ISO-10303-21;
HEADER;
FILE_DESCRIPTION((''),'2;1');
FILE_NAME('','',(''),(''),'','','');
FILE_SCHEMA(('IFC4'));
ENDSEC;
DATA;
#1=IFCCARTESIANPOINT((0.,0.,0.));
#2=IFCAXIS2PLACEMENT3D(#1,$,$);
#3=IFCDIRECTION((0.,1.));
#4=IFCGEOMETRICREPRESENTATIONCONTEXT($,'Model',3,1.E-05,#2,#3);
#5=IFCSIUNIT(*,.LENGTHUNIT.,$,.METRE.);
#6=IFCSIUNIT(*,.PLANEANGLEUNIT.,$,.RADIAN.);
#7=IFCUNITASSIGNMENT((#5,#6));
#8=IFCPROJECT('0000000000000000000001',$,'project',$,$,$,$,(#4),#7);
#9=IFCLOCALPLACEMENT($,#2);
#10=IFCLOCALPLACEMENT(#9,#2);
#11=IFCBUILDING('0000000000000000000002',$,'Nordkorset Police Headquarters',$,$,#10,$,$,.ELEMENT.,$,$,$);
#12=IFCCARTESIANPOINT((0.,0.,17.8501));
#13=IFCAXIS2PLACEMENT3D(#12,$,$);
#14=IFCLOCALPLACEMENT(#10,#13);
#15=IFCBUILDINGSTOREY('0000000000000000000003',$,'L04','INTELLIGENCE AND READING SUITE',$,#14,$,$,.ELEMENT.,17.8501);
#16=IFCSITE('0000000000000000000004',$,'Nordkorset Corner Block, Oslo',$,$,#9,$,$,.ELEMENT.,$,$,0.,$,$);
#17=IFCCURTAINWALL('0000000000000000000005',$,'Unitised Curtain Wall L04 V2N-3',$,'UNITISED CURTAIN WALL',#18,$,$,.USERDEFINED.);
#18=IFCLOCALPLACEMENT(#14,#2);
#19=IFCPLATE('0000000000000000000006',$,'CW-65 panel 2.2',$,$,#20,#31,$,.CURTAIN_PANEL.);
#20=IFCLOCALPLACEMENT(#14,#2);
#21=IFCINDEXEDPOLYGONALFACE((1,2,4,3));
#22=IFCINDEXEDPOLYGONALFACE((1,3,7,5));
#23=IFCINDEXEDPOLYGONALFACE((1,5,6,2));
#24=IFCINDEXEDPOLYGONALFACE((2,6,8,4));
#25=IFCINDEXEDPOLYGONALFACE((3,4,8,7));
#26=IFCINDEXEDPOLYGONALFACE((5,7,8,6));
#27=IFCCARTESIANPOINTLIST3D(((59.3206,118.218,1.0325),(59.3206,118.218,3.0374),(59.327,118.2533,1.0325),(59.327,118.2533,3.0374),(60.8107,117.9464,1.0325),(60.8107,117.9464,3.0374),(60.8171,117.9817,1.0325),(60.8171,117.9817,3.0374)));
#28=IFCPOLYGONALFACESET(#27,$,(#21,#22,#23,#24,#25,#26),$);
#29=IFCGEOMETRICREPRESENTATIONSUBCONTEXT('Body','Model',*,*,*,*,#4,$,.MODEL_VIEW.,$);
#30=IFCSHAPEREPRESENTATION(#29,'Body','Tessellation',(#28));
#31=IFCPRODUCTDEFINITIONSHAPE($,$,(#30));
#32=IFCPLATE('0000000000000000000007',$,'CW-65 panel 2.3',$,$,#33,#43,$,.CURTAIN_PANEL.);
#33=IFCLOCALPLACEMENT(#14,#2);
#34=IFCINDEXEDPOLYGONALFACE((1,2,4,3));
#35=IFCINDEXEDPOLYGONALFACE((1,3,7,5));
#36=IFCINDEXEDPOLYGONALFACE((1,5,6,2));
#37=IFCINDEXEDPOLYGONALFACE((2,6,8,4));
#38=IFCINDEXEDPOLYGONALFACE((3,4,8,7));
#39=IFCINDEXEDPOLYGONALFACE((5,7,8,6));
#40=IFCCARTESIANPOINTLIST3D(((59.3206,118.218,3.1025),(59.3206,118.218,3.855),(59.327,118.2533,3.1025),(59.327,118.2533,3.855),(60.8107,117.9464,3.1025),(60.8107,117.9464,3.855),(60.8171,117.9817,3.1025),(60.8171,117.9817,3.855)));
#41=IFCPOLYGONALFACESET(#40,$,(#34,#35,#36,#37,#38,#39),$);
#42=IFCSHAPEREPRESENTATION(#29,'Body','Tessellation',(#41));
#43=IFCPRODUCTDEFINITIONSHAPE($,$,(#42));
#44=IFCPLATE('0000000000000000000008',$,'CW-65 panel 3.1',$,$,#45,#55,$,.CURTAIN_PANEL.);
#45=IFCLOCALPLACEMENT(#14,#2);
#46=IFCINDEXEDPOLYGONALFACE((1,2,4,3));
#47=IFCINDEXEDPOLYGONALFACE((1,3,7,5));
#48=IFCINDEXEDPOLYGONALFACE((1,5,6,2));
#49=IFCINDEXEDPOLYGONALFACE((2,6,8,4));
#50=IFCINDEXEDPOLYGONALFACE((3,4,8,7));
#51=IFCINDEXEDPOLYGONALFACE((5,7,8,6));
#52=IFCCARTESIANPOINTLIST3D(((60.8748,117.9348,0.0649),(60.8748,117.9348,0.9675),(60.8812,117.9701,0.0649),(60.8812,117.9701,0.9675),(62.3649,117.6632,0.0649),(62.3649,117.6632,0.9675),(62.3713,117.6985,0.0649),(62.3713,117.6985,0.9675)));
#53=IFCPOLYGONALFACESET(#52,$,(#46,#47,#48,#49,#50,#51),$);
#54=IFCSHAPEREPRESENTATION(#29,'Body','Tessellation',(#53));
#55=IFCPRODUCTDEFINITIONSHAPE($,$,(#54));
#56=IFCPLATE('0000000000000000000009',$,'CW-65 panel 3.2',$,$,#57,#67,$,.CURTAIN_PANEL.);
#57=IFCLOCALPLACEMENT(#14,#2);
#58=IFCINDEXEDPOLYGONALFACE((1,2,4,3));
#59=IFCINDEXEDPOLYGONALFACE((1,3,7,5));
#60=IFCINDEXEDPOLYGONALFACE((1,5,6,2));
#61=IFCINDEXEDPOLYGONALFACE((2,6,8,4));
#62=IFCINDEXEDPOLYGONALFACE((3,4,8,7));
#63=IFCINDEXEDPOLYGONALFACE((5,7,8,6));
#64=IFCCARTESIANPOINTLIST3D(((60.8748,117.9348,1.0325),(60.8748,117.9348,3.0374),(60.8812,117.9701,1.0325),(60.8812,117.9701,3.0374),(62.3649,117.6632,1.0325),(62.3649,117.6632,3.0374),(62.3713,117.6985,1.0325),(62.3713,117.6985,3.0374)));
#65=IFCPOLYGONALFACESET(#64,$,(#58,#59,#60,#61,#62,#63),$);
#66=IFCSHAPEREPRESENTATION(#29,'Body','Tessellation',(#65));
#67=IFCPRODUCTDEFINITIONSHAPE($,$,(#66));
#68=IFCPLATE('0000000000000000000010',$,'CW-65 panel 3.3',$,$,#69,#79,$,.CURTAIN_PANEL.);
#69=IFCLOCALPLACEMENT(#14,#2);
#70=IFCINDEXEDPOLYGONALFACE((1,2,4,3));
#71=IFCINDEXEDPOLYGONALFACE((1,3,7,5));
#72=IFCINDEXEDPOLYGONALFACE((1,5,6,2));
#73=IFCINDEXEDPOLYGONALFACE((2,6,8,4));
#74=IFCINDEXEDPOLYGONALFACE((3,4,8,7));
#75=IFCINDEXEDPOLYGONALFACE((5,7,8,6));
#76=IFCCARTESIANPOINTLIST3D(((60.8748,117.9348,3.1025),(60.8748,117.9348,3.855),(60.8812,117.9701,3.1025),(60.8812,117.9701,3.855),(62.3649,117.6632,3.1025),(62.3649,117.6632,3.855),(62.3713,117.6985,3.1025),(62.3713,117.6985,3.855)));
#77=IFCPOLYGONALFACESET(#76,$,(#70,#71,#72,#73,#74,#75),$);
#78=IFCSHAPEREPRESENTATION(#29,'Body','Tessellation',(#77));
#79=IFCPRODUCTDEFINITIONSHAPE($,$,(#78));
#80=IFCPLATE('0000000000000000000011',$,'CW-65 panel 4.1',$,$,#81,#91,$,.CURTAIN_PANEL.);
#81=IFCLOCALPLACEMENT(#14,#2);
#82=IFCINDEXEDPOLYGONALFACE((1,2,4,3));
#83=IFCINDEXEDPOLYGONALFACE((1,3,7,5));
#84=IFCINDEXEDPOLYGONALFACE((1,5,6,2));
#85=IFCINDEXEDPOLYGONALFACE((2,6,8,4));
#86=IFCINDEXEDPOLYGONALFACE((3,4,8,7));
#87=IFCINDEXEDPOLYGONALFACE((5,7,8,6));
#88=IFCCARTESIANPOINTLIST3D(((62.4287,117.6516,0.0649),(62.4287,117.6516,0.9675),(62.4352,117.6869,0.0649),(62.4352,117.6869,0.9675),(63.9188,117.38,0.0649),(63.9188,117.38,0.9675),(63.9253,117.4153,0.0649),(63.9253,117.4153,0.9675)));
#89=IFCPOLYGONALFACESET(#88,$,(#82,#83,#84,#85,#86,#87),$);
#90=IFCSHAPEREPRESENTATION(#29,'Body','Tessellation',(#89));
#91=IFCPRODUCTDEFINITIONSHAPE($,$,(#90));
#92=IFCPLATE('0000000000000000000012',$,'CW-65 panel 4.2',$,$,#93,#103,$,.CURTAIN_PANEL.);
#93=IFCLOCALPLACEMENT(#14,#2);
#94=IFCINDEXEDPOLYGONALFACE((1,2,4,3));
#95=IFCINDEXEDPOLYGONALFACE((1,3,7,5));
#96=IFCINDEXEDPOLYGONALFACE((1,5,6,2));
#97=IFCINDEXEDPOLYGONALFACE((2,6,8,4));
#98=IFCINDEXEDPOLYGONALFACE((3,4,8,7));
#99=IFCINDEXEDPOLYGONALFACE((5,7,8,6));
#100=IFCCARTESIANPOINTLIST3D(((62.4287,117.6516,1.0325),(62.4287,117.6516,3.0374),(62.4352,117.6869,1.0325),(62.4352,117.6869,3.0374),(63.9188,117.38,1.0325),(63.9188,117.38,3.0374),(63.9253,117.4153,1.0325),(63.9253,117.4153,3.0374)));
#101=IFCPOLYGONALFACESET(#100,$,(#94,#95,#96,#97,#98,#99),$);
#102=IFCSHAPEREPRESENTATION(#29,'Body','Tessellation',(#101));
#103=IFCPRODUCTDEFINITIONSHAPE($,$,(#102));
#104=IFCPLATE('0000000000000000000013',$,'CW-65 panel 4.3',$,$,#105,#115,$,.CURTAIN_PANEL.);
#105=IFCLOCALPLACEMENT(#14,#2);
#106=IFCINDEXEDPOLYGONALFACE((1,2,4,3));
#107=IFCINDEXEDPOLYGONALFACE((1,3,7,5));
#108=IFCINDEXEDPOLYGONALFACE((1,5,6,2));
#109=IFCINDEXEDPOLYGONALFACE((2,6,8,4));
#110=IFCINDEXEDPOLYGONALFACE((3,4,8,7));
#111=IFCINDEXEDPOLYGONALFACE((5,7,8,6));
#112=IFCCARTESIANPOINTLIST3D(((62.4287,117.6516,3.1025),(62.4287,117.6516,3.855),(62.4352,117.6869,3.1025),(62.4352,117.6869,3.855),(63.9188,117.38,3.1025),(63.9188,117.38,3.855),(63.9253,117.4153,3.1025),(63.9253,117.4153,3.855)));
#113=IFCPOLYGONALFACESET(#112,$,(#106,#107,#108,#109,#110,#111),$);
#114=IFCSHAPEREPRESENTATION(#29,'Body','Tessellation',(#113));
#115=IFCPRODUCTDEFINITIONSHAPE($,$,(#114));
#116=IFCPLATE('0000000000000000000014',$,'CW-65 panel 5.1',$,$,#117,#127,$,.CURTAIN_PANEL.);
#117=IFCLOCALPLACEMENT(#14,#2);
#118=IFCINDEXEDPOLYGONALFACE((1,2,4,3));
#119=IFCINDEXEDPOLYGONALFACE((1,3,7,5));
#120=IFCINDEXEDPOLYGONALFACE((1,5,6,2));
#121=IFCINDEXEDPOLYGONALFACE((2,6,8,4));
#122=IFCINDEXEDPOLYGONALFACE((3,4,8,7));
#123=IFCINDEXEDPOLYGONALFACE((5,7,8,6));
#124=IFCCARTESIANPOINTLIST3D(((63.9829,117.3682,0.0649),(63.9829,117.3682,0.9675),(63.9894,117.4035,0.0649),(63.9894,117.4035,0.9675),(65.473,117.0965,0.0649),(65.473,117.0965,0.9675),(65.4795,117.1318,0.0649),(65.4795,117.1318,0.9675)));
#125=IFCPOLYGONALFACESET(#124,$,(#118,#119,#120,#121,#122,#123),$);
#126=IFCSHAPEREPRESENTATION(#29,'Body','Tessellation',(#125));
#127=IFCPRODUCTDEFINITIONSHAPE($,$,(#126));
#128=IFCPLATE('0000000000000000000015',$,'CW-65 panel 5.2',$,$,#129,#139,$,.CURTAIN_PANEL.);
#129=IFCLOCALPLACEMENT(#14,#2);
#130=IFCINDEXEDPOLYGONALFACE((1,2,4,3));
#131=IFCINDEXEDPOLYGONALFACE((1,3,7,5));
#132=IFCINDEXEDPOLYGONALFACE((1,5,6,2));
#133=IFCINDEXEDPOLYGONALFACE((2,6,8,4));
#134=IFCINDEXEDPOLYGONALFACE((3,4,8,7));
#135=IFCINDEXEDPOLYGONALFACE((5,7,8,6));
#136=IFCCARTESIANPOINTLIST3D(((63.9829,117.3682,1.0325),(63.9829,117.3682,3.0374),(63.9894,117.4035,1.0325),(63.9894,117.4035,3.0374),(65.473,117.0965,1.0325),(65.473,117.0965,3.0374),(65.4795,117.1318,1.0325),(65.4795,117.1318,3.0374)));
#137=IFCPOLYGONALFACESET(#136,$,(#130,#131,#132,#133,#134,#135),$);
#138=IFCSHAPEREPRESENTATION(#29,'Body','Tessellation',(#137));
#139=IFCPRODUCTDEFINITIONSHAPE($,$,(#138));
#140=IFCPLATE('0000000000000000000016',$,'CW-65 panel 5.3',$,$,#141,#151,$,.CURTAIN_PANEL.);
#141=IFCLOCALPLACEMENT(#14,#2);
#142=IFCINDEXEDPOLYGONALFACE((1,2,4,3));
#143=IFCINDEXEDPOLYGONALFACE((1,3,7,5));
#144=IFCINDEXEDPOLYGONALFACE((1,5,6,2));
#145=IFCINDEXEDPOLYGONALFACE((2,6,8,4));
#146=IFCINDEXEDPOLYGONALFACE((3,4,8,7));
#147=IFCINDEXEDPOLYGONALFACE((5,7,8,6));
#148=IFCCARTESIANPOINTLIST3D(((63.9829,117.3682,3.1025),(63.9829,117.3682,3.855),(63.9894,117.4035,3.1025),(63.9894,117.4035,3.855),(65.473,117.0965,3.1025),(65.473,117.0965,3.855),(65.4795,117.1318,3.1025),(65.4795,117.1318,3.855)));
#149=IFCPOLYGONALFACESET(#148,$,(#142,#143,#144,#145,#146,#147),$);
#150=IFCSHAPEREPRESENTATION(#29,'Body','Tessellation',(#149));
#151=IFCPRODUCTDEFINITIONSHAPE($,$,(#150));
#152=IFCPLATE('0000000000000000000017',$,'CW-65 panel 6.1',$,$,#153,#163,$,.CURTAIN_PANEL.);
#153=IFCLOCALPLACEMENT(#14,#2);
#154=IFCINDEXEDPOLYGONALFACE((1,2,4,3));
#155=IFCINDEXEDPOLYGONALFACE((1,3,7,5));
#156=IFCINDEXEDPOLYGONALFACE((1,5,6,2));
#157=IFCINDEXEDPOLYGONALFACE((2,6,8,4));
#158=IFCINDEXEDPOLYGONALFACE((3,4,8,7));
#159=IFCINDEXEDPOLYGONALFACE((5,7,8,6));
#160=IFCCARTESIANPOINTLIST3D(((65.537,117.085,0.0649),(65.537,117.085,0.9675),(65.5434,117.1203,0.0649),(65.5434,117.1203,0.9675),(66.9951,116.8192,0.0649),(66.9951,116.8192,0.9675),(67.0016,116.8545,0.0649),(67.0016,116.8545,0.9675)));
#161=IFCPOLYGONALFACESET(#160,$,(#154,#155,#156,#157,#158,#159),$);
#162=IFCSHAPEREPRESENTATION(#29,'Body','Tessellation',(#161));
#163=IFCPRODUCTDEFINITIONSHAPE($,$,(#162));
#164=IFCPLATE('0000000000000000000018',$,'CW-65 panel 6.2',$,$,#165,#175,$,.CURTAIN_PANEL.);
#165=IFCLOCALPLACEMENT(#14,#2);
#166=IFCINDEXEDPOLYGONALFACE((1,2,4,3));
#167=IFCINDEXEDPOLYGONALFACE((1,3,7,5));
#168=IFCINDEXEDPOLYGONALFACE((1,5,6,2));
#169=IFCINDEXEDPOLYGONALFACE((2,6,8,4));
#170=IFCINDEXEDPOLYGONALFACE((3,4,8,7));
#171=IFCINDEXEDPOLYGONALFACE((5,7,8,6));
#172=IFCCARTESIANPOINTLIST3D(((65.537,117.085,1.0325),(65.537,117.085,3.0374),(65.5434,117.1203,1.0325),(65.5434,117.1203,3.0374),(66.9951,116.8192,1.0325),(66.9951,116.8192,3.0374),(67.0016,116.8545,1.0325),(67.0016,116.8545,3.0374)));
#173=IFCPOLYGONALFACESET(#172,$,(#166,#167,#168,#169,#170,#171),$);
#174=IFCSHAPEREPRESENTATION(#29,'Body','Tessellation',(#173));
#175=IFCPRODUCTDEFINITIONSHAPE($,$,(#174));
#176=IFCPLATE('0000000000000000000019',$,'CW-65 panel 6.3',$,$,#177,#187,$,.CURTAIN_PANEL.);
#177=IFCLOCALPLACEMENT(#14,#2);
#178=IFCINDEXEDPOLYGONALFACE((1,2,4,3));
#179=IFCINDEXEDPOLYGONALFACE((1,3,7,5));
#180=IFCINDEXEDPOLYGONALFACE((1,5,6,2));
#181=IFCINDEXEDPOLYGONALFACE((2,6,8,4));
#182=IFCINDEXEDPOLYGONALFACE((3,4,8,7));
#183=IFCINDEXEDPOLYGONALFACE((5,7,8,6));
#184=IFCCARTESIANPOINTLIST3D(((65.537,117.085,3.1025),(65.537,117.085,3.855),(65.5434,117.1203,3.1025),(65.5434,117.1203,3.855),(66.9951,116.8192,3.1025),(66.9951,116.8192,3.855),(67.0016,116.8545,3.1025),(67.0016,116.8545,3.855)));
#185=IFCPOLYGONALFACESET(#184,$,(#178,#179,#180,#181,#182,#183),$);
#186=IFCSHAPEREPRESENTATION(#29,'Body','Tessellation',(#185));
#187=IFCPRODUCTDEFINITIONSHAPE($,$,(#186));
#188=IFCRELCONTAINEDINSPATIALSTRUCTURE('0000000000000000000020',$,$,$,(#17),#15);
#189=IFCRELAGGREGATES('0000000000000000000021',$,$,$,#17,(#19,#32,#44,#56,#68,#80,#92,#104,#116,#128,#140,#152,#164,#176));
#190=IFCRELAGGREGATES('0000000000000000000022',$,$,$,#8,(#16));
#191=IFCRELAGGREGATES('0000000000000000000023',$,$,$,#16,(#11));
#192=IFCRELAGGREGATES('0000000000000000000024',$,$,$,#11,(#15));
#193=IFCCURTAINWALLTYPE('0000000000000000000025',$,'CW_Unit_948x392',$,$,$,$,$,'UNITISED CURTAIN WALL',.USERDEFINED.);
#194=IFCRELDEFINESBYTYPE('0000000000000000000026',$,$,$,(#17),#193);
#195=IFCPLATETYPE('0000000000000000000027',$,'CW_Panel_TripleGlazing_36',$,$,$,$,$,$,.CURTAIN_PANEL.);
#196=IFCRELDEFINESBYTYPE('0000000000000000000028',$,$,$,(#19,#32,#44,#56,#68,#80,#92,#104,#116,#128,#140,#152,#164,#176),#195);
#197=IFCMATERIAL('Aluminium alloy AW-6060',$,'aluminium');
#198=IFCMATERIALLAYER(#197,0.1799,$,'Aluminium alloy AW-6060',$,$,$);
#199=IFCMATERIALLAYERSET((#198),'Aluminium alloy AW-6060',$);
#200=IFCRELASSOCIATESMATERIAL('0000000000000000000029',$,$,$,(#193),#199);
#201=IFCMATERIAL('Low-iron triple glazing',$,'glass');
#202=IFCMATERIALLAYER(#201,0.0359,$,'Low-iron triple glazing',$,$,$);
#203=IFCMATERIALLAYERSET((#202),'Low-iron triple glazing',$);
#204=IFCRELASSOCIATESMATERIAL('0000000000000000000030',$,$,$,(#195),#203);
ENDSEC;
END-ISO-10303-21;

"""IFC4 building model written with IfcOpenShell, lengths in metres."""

from ifc_helpers import new_model, si_unit, direction, frame, origin, origin_2d, place, context, subcontext, project, spatial, rectangle, extrude, material, layer, layer_set, type_object, element, aggregate, save


model = new_model("IFC4")

# Units and contexts
model_context = context("Model", 3, precision=1e-05, world=origin(), true_north=direction((0.0, 1.0)))
body_context = subcontext(model_context, "Body", "Model", "MODEL_VIEW")
ifc_project = project(units=[si_unit("LENGTHUNIT", "METRE"), si_unit("PLANEANGLEUNIT", "RADIAN")], contexts=[model_context])

# Site, building, storey
site_placement = place(None, origin())
site = spatial("IfcSite", under=ifc_project, at=site_placement, Name="Nordkorset Corner Block, Oslo", CompositionType="ELEMENT", RefElevation=0.0)
building_placement = place(site_placement, origin())
building = spatial("IfcBuilding", under=site, at=building_placement, Name="Nordkorset Police Headquarters", CompositionType="ELEMENT")
storey_placement = place(building_placement, frame((0.0, 0.0, 17.8501)))
storey = spatial("IfcBuildingStorey", under=building, at=storey_placement, Name="L04", Description="INTELLIGENCE AND READING SUITE", CompositionType="ELEMENT", Elevation=17.8501)

# Curtain wall
ifc_material_1 = material(Name="Aluminium alloy AW-6060", Category="aluminium")
ifc_layer_1 = layer(ifc_material_1, 0.1799, Name="Aluminium alloy AW-6060")
ifc_layer_set_1 = layer_set([ifc_layer_1], Name="Aluminium alloy AW-6060")
curtain_wall_type_1 = type_object("IfcCurtainWallType", Name="CW_Unit_948x392", ElementType="UNITISED CURTAIN WALL", PredefinedType="USERDEFINED", material=ifc_layer_set_1)
curtain_wall_1_placement = place(storey_placement, origin())
curtain_wall_1 = element("IfcCurtainWall", 1, at=curtain_wall_1_placement, inside=storey, type_object=curtain_wall_type_1, Name="Unitised Curtain Wall L04 V2N-3", ObjectType="UNITISED CURTAIN WALL", PredefinedType="USERDEFINED")

# Plates
ifc_material_2 = material(Name="Low-iron triple glazing", Category="glass")
ifc_layer_2 = layer(ifc_material_2, 0.0359, Name="Low-iron triple glazing")
ifc_layer_set_2 = layer_set([ifc_layer_2], Name="Low-iron triple glazing")
plate_type = type_object("IfcPlateType", Name="CW_Panel_TripleGlazing_36", PredefinedType="CURTAIN_PANEL", material=ifc_layer_set_2)
plate_1_placement = place(storey_placement, frame((60.0688, 118.0999, 1.0325), z_axis=(0.0, 0.0, 1.0), x_axis=(0.983788, -0.179336, 0.0)))
plate_1 = element("IfcPlate", 2, at=plate_1_placement, type_object=plate_type, Name="CW-65 panel 2.2", PredefinedType="CURTAIN_PANEL", context=body_context, shape_type="SweptSolid", body=[
    extrude(rectangle(XDim=1.5146, YDim=0.0359, at=origin_2d()), origin(), (0.0, 0.0, 1.0), 2.0049),
])
plate_2_placement = place(storey_placement, frame((60.0688, 118.0999, 3.1025), z_axis=(0.0, 0.0, 1.0), x_axis=(0.983788, -0.179336, 0.0)))
plate_2 = element("IfcPlate", 3, at=plate_2_placement, type_object=plate_type, Name="CW-65 panel 2.3", PredefinedType="CURTAIN_PANEL", context=body_context, shape_type="SweptSolid", body=[
    extrude(rectangle(XDim=1.5146, YDim=0.0359, at=origin_2d()), origin(), (0.0, 0.0, 1.0), 0.7524),
])
plate_3_placement = place(storey_placement, frame((61.623, 117.8167, 0.0649), z_axis=(0.0, 0.0, 1.0), x_axis=(0.983788, -0.179336, 0.0)))
plate_3 = element("IfcPlate", 4, at=plate_3_placement, type_object=plate_type, Name="CW-65 panel 3.1", PredefinedType="CURTAIN_PANEL", context=body_context, shape_type="SweptSolid", body=[
    extrude(rectangle(XDim=1.5146, YDim=0.0359, at=origin_2d()), origin(), (0.0, 0.0, 1.0), 0.9026),
])
plate_4_placement = place(storey_placement, frame((61.623, 117.8167, 1.0325), z_axis=(0.0, 0.0, 1.0), x_axis=(0.983788, -0.179336, 0.0)))
plate_4 = element("IfcPlate", 5, at=plate_4_placement, type_object=plate_type, Name="CW-65 panel 3.2", PredefinedType="CURTAIN_PANEL", context=body_context, shape_type="SweptSolid", body=[
    extrude(rectangle(XDim=1.5146, YDim=0.0359, at=origin_2d()), origin(), (0.0, 0.0, 1.0), 2.0049),
])
plate_5_placement = place(storey_placement, frame((61.623, 117.8167, 3.1025), z_axis=(0.0, 0.0, 1.0), x_axis=(0.983788, -0.179336, 0.0)))
plate_5 = element("IfcPlate", 6, at=plate_5_placement, type_object=plate_type, Name="CW-65 panel 3.3", PredefinedType="CURTAIN_PANEL", context=body_context, shape_type="SweptSolid", body=[
    extrude(rectangle(XDim=1.5146, YDim=0.0359, at=origin_2d()), origin(), (0.0, 0.0, 1.0), 0.7524),
])
plate_6_placement = place(storey_placement, frame((63.177, 117.5334, 0.0649), z_axis=(0.0, 0.0, 1.0), x_axis=(0.983788, -0.179336, 0.0)))
plate_6 = element("IfcPlate", 7, at=plate_6_placement, type_object=plate_type, Name="CW-65 panel 4.1", PredefinedType="CURTAIN_PANEL", context=body_context, shape_type="SweptSolid", body=[
    extrude(rectangle(XDim=1.5146, YDim=0.0359, at=origin_2d()), origin(), (0.0, 0.0, 1.0), 0.9026),
])
plate_7_placement = place(storey_placement, frame((63.177, 117.5334, 1.0325), z_axis=(0.0, 0.0, 1.0), x_axis=(0.983788, -0.179336, 0.0)))
plate_7 = element("IfcPlate", 8, at=plate_7_placement, type_object=plate_type, Name="CW-65 panel 4.2", PredefinedType="CURTAIN_PANEL", context=body_context, shape_type="SweptSolid", body=[
    extrude(rectangle(XDim=1.5146, YDim=0.0359, at=origin_2d()), origin(), (0.0, 0.0, 1.0), 2.0049),
])
plate_8_placement = place(storey_placement, frame((63.177, 117.5334, 3.1025), z_axis=(0.0, 0.0, 1.0), x_axis=(0.983788, -0.179336, 0.0)))
plate_8 = element("IfcPlate", 9, at=plate_8_placement, type_object=plate_type, Name="CW-65 panel 4.3", PredefinedType="CURTAIN_PANEL", context=body_context, shape_type="SweptSolid", body=[
    extrude(rectangle(XDim=1.5146, YDim=0.0359, at=origin_2d()), origin(), (0.0, 0.0, 1.0), 0.7524),
])
plate_9_placement = place(storey_placement, frame((64.7312, 117.25, 0.0649), z_axis=(0.0, 0.0, 1.0), x_axis=(0.983788, -0.179336, 0.0)))
plate_9 = element("IfcPlate", 10, at=plate_9_placement, type_object=plate_type, Name="CW-65 panel 5.1", PredefinedType="CURTAIN_PANEL", context=body_context, shape_type="SweptSolid", body=[
    extrude(rectangle(XDim=1.5146, YDim=0.0359, at=origin_2d()), origin(), (0.0, 0.0, 1.0), 0.9026),
])
plate_10_placement = place(storey_placement, frame((64.7312, 117.25, 1.0325), z_axis=(0.0, 0.0, 1.0), x_axis=(0.983788, -0.179336, 0.0)))
plate_10 = element("IfcPlate", 11, at=plate_10_placement, type_object=plate_type, Name="CW-65 panel 5.2", PredefinedType="CURTAIN_PANEL", context=body_context, shape_type="SweptSolid", body=[
    extrude(rectangle(XDim=1.5146, YDim=0.0359, at=origin_2d()), origin(), (0.0, 0.0, 1.0), 2.0049),
])
plate_11_placement = place(storey_placement, frame((64.7312, 117.25, 3.1025), z_axis=(0.0, 0.0, 1.0), x_axis=(0.983788, -0.179336, 0.0)))
plate_11 = element("IfcPlate", 12, at=plate_11_placement, type_object=plate_type, Name="CW-65 panel 5.3", PredefinedType="CURTAIN_PANEL", context=body_context, shape_type="SweptSolid", body=[
    extrude(rectangle(XDim=1.5146, YDim=0.0359, at=origin_2d()), origin(), (0.0, 0.0, 1.0), 0.7524),
])
plate_12_placement = place(storey_placement, frame((66.2693, 116.9697, 0.0649), z_axis=(0.0, 0.0, 1.0), x_axis=(0.983788, -0.179336, 0.0)))
plate_12 = element("IfcPlate", 13, at=plate_12_placement, type_object=plate_type, Name="CW-65 panel 6.1", PredefinedType="CURTAIN_PANEL", context=body_context, shape_type="SweptSolid", body=[
    extrude(rectangle(XDim=1.4822, YDim=0.0359, at=origin_2d()), origin(), (0.0, 0.0, 1.0), 0.9026),
])
plate_13_placement = place(storey_placement, frame((66.2693, 116.9697, 1.0325), z_axis=(0.0, 0.0, 1.0), x_axis=(0.983788, -0.179336, 0.0)))
plate_13 = element("IfcPlate", 14, at=plate_13_placement, type_object=plate_type, Name="CW-65 panel 6.2", PredefinedType="CURTAIN_PANEL", context=body_context, shape_type="SweptSolid", body=[
    extrude(rectangle(XDim=1.4822, YDim=0.0359, at=origin_2d()), origin(), (0.0, 0.0, 1.0), 2.0049),
])
plate_14_placement = place(storey_placement, frame((66.2693, 116.9697, 3.1025), z_axis=(0.0, 0.0, 1.0), x_axis=(0.983788, -0.179336, 0.0)))
plate_14 = element("IfcPlate", 15, at=plate_14_placement, type_object=plate_type, Name="CW-65 panel 6.3", PredefinedType="CURTAIN_PANEL", context=body_context, shape_type="SweptSolid", body=[
    extrude(rectangle(XDim=1.4822, YDim=0.0359, at=origin_2d()), origin(), (0.0, 0.0, 1.0), 0.7524),
])
aggregate(curtain_wall_1, [plate_1, plate_2, plate_3, plate_4, plate_5, plate_6, plate_7, plate_8, plate_9, plate_10, plate_11, plate_12, plate_13, plate_14])

save(model, "model.ifc")
